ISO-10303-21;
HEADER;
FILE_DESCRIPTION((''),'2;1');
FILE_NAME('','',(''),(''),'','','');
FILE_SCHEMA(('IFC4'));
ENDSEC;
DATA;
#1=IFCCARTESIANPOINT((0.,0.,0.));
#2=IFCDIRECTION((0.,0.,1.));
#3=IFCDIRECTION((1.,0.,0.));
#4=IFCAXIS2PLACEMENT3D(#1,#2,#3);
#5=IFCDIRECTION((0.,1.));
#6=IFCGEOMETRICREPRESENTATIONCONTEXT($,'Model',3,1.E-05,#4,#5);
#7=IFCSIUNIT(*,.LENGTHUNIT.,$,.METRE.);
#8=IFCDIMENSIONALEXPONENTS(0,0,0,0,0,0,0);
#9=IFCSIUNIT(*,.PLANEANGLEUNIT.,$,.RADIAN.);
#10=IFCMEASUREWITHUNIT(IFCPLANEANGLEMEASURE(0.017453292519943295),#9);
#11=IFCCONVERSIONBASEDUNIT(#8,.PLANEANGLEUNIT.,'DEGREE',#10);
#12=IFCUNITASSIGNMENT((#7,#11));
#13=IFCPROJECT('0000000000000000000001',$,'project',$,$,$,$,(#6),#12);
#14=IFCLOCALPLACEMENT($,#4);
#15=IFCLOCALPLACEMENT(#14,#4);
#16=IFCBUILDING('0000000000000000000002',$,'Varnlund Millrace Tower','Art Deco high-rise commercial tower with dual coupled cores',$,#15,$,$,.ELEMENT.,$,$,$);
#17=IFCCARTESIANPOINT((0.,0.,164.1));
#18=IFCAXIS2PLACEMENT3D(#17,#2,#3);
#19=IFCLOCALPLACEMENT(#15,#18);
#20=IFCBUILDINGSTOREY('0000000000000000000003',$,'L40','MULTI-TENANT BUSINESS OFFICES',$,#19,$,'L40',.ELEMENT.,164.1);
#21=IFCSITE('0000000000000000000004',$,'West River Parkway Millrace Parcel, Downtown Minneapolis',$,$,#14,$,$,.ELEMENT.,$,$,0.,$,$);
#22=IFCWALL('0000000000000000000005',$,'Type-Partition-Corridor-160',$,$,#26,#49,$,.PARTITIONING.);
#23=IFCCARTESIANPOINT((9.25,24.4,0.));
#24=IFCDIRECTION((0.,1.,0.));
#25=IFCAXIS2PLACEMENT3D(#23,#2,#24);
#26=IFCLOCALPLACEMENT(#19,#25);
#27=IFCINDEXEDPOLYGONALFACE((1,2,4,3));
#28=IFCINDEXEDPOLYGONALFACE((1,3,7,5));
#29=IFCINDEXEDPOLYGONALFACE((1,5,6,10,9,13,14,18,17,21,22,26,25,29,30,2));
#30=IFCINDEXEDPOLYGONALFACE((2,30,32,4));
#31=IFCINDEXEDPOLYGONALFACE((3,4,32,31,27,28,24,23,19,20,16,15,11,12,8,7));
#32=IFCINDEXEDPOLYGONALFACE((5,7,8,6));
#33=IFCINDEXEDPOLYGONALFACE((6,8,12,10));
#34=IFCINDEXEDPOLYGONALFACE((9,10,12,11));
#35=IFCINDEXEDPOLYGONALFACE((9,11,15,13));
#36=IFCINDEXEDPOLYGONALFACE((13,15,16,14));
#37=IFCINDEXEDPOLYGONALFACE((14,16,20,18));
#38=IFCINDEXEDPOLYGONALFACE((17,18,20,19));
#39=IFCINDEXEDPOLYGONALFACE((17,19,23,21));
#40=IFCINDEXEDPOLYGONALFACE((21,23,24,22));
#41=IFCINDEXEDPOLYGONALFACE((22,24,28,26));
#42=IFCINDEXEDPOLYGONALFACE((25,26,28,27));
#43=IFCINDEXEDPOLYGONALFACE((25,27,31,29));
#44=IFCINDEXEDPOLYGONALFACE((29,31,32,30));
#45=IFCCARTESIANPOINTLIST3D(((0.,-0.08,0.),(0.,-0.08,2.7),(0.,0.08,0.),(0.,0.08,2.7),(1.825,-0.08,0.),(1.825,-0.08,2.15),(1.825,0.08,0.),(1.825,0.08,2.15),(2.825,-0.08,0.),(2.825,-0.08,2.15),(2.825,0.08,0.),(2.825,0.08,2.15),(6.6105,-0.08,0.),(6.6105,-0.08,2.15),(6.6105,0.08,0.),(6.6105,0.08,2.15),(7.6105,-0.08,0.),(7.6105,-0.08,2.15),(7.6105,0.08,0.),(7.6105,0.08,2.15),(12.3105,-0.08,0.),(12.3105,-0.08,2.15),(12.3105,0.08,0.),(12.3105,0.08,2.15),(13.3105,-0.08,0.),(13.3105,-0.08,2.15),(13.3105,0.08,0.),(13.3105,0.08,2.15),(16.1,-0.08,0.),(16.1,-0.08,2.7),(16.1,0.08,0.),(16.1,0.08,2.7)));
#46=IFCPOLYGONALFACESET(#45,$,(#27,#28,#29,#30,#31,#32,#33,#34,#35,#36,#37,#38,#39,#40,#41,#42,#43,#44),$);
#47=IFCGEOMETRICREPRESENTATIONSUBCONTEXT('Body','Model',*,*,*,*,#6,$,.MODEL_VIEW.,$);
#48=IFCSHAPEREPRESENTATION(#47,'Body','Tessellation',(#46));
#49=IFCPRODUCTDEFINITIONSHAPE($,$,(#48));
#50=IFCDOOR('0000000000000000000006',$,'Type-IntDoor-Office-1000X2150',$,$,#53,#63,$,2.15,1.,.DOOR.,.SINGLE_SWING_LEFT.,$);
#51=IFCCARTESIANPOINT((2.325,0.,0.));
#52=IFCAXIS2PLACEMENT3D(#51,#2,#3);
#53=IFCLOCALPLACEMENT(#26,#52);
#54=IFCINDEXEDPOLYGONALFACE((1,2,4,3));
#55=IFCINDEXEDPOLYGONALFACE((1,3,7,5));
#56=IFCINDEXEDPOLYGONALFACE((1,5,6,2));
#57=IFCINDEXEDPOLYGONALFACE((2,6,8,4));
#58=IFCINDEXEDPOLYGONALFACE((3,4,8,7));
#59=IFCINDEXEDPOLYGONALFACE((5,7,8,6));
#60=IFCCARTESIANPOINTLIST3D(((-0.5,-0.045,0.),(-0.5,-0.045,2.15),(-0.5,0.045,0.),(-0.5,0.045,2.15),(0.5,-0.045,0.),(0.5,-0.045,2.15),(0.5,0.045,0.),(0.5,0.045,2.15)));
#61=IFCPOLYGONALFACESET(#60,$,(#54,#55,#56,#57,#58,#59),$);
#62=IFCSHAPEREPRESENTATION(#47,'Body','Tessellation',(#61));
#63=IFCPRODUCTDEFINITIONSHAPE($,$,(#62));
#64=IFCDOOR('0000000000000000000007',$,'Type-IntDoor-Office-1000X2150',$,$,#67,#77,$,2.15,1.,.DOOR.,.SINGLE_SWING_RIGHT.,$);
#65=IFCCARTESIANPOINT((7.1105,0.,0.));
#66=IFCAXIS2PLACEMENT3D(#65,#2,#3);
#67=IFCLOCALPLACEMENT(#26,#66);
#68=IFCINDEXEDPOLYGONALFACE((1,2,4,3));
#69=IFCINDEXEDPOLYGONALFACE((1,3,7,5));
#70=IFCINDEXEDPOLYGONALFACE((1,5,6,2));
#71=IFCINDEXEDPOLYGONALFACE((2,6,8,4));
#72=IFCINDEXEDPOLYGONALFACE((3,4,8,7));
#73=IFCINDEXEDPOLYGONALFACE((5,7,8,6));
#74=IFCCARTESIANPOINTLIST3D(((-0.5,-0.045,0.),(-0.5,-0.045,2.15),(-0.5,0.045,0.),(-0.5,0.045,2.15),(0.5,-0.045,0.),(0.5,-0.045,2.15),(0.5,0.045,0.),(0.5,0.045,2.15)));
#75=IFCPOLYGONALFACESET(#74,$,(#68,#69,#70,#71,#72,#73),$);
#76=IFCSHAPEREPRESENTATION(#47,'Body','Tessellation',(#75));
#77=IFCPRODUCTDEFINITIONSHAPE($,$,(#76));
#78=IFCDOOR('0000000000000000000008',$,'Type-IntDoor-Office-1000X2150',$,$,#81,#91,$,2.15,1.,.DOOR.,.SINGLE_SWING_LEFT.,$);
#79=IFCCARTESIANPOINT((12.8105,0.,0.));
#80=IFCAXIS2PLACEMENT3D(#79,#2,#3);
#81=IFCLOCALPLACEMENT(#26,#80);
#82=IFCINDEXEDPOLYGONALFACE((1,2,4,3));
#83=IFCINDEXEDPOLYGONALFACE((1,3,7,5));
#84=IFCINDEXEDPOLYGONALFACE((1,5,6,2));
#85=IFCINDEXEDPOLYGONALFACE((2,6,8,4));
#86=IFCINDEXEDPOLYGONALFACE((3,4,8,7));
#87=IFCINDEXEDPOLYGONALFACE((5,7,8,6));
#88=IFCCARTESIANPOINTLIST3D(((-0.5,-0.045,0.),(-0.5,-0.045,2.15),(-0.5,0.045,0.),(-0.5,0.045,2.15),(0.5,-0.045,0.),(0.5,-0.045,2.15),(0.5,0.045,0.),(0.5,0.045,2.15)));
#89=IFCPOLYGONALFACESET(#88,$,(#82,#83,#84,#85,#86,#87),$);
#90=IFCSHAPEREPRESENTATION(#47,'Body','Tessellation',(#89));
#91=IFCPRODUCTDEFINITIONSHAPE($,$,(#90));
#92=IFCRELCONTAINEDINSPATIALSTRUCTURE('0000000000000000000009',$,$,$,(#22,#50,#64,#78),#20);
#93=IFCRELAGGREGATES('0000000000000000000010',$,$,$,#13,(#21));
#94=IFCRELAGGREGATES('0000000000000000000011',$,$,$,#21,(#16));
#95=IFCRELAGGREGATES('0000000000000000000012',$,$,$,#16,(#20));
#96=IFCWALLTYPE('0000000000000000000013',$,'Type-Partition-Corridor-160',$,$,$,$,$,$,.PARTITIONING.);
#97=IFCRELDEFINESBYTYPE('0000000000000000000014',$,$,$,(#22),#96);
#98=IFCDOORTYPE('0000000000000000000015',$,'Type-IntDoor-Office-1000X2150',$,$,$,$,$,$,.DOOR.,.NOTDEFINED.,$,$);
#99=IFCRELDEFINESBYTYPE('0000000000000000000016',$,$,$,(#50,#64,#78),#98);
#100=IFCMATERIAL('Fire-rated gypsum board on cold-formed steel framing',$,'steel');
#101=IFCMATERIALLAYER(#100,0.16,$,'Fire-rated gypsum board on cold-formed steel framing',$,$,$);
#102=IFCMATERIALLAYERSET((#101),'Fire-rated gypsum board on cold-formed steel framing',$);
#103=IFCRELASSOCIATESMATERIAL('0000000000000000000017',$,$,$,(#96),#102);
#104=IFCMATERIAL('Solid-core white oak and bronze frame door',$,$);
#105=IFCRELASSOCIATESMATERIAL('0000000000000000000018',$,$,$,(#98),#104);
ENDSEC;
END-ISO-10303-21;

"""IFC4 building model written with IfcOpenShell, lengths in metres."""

from ifc_helpers import new_model, entity, si_unit, converted_unit, direction, frame, origin_with_axes, origin_2d_with_axis, place, context, subcontext, project, spatial, polyline, rectangle, outline, extrude, material, layer, layer_set, type_object, element, fill, save


model = new_model("IFC4")

# Units and contexts
model_context = context("Model", 3, precision=1e-05, world=origin_with_axes(), true_north=direction((0.0, 1.0)))
body_context = subcontext(model_context, "Body", "Model", "MODEL_VIEW")
ifc_project = project(units=[si_unit("LENGTHUNIT", "METRE"), converted_unit("PLANEANGLEUNIT", "DEGREE", entity("IfcPlaneAngleMeasure", 0.017453292519943295), si_unit("PLANEANGLEUNIT", "RADIAN"), dimensions=[0, 0, 0, 0, 0, 0, 0])], contexts=[model_context])

# Site, building, storey
site_placement = place(None, origin_with_axes())
site = spatial("IfcSite", under=ifc_project, at=site_placement, Name="West River Parkway Millrace Parcel, Downtown Minneapolis", CompositionType="ELEMENT", RefElevation=0.0)
building_placement = place(site_placement, origin_with_axes())
building = spatial("IfcBuilding", under=site, at=building_placement, Name="Varnlund Millrace Tower", Description="Art Deco high-rise commercial tower with dual coupled cores", CompositionType="ELEMENT")
storey_placement = place(building_placement, frame((0.0, 0.0, 164.1), z_axis=(0.0, 0.0, 1.0), x_axis=(1.0, 0.0, 0.0)))
storey = spatial("IfcBuildingStorey", under=building, at=storey_placement, Name="L40", Description="MULTI-TENANT BUSINESS OFFICES", LongName="L40", CompositionType="ELEMENT", Elevation=164.1)

# Wall, openings, doors
ifc_material_1 = material(Name="Fire-rated gypsum board on cold-formed steel framing", Category="steel")
ifc_layer_1 = layer(ifc_material_1, 0.16, Name="Fire-rated gypsum board on cold-formed steel framing")
ifc_layer_set_1 = layer_set([ifc_layer_1], Name="Fire-rated gypsum board on cold-formed steel framing")
wall_type_1 = type_object("IfcWallType", Name="Type-Partition-Corridor-160", PredefinedType="PARTITIONING", material=ifc_layer_set_1)
ifc_material_2 = material(Name="Solid-core white oak and bronze frame door")
door_type_1 = type_object("IfcDoorType", Name="Type-IntDoor-Office-1000X2150", OperationType="NOTDEFINED", PredefinedType="DOOR", material=ifc_material_2)
wall_1_placement = place(storey_placement, frame((9.25, 24.4, 0.0), z_axis=(0.0, 0.0, 1.0), x_axis=(0.0, 1.0, 0.0)))
wall_1 = element("IfcWall", 1, at=wall_1_placement, inside=storey, type_object=wall_type_1, Name="Type-Partition-Corridor-160", PredefinedType="PARTITIONING", context=body_context, shape_type="SweptSolid", body=[
    extrude(outline(polyline([(0.0, -0.08), (16.1, -0.08), (16.1, 0.08), (0.0, 0.08), (0.0, -0.08)])), origin_with_axes(), (0.0, 0.0, 1.0), 2.7),
])
opening_1_placement = place(wall_1_placement, frame((2.325, 0.0, 0.0), z_axis=(0.0, 0.0, 1.0), x_axis=(1.0, 0.0, 0.0)))
opening_1 = element("IfcOpeningElement", 2, at=opening_1_placement, cuts=wall_1, PredefinedType="OPENING", context=body_context, shape_type="SweptSolid", body=[
    extrude(rectangle(XDim=1.0, YDim=0.18, at=origin_2d_with_axis()), origin_with_axes(), (0.0, 0.0, 1.0), 2.15),
])
opening_2_placement = place(wall_1_placement, frame((7.1105, 0.0, 0.0), z_axis=(0.0, 0.0, 1.0), x_axis=(1.0, 0.0, 0.0)))
opening_2 = element("IfcOpeningElement", 3, at=opening_2_placement, cuts=wall_1, PredefinedType="OPENING", context=body_context, shape_type="SweptSolid", body=[
    extrude(rectangle(XDim=1.0, YDim=0.18, at=origin_2d_with_axis()), origin_with_axes(), (0.0, 0.0, 1.0), 2.15),
])
opening_3_placement = place(wall_1_placement, frame((12.8105, 0.0, 0.0), z_axis=(0.0, 0.0, 1.0), x_axis=(1.0, 0.0, 0.0)))
opening_3 = element("IfcOpeningElement", 4, at=opening_3_placement, cuts=wall_1, PredefinedType="OPENING", context=body_context, shape_type="SweptSolid", body=[
    extrude(rectangle(XDim=1.0, YDim=0.18, at=origin_2d_with_axis()), origin_with_axes(), (0.0, 0.0, 1.0), 2.15),
])
door_1_placement = place(wall_1_placement, frame((2.325, 0.0, 0.0), z_axis=(0.0, 0.0, 1.0), x_axis=(1.0, 0.0, 0.0)))
door_1 = element("IfcDoor", 5, at=door_1_placement, inside=storey, type_object=door_type_1, Name="Type-IntDoor-Office-1000X2150", OperationType="SINGLE_SWING_LEFT", OverallHeight=2.15, OverallWidth=1.0, PredefinedType="DOOR", context=body_context, shape_type="SweptSolid", body=[
    extrude(rectangle(XDim=1.0, YDim=0.09, at=origin_2d_with_axis()), origin_with_axes(), (0.0, 0.0, 1.0), 2.15),
])
fill(opening_1, door_1)
door_2_placement = place(wall_1_placement, frame((7.1105, 0.0, 0.0), z_axis=(0.0, 0.0, 1.0), x_axis=(1.0, 0.0, 0.0)))
door_2 = element("IfcDoor", 6, at=door_2_placement, inside=storey, type_object=door_type_1, Name="Type-IntDoor-Office-1000X2150", OperationType="SINGLE_SWING_RIGHT", OverallHeight=2.15, OverallWidth=1.0, PredefinedType="DOOR", context=body_context, shape_type="SweptSolid", body=[
    extrude(rectangle(XDim=1.0, YDim=0.09, at=origin_2d_with_axis()), origin_with_axes(), (0.0, 0.0, 1.0), 2.15),
])
fill(opening_2, door_2)
door_3_placement = place(wall_1_placement, frame((12.8105, 0.0, 0.0), z_axis=(0.0, 0.0, 1.0), x_axis=(1.0, 0.0, 0.0)))
door_3 = element("IfcDoor", 7, at=door_3_placement, inside=storey, type_object=door_type_1, Name="Type-IntDoor-Office-1000X2150", OperationType="SINGLE_SWING_LEFT", OverallHeight=2.15, OverallWidth=1.0, PredefinedType="DOOR", context=body_context, shape_type="SweptSolid", body=[
    extrude(rectangle(XDim=1.0, YDim=0.09, at=origin_2d_with_axis()), origin_with_axes(), (0.0, 0.0, 1.0), 2.15),
])
fill(opening_3, door_3)

save(model, "model.ifc")
